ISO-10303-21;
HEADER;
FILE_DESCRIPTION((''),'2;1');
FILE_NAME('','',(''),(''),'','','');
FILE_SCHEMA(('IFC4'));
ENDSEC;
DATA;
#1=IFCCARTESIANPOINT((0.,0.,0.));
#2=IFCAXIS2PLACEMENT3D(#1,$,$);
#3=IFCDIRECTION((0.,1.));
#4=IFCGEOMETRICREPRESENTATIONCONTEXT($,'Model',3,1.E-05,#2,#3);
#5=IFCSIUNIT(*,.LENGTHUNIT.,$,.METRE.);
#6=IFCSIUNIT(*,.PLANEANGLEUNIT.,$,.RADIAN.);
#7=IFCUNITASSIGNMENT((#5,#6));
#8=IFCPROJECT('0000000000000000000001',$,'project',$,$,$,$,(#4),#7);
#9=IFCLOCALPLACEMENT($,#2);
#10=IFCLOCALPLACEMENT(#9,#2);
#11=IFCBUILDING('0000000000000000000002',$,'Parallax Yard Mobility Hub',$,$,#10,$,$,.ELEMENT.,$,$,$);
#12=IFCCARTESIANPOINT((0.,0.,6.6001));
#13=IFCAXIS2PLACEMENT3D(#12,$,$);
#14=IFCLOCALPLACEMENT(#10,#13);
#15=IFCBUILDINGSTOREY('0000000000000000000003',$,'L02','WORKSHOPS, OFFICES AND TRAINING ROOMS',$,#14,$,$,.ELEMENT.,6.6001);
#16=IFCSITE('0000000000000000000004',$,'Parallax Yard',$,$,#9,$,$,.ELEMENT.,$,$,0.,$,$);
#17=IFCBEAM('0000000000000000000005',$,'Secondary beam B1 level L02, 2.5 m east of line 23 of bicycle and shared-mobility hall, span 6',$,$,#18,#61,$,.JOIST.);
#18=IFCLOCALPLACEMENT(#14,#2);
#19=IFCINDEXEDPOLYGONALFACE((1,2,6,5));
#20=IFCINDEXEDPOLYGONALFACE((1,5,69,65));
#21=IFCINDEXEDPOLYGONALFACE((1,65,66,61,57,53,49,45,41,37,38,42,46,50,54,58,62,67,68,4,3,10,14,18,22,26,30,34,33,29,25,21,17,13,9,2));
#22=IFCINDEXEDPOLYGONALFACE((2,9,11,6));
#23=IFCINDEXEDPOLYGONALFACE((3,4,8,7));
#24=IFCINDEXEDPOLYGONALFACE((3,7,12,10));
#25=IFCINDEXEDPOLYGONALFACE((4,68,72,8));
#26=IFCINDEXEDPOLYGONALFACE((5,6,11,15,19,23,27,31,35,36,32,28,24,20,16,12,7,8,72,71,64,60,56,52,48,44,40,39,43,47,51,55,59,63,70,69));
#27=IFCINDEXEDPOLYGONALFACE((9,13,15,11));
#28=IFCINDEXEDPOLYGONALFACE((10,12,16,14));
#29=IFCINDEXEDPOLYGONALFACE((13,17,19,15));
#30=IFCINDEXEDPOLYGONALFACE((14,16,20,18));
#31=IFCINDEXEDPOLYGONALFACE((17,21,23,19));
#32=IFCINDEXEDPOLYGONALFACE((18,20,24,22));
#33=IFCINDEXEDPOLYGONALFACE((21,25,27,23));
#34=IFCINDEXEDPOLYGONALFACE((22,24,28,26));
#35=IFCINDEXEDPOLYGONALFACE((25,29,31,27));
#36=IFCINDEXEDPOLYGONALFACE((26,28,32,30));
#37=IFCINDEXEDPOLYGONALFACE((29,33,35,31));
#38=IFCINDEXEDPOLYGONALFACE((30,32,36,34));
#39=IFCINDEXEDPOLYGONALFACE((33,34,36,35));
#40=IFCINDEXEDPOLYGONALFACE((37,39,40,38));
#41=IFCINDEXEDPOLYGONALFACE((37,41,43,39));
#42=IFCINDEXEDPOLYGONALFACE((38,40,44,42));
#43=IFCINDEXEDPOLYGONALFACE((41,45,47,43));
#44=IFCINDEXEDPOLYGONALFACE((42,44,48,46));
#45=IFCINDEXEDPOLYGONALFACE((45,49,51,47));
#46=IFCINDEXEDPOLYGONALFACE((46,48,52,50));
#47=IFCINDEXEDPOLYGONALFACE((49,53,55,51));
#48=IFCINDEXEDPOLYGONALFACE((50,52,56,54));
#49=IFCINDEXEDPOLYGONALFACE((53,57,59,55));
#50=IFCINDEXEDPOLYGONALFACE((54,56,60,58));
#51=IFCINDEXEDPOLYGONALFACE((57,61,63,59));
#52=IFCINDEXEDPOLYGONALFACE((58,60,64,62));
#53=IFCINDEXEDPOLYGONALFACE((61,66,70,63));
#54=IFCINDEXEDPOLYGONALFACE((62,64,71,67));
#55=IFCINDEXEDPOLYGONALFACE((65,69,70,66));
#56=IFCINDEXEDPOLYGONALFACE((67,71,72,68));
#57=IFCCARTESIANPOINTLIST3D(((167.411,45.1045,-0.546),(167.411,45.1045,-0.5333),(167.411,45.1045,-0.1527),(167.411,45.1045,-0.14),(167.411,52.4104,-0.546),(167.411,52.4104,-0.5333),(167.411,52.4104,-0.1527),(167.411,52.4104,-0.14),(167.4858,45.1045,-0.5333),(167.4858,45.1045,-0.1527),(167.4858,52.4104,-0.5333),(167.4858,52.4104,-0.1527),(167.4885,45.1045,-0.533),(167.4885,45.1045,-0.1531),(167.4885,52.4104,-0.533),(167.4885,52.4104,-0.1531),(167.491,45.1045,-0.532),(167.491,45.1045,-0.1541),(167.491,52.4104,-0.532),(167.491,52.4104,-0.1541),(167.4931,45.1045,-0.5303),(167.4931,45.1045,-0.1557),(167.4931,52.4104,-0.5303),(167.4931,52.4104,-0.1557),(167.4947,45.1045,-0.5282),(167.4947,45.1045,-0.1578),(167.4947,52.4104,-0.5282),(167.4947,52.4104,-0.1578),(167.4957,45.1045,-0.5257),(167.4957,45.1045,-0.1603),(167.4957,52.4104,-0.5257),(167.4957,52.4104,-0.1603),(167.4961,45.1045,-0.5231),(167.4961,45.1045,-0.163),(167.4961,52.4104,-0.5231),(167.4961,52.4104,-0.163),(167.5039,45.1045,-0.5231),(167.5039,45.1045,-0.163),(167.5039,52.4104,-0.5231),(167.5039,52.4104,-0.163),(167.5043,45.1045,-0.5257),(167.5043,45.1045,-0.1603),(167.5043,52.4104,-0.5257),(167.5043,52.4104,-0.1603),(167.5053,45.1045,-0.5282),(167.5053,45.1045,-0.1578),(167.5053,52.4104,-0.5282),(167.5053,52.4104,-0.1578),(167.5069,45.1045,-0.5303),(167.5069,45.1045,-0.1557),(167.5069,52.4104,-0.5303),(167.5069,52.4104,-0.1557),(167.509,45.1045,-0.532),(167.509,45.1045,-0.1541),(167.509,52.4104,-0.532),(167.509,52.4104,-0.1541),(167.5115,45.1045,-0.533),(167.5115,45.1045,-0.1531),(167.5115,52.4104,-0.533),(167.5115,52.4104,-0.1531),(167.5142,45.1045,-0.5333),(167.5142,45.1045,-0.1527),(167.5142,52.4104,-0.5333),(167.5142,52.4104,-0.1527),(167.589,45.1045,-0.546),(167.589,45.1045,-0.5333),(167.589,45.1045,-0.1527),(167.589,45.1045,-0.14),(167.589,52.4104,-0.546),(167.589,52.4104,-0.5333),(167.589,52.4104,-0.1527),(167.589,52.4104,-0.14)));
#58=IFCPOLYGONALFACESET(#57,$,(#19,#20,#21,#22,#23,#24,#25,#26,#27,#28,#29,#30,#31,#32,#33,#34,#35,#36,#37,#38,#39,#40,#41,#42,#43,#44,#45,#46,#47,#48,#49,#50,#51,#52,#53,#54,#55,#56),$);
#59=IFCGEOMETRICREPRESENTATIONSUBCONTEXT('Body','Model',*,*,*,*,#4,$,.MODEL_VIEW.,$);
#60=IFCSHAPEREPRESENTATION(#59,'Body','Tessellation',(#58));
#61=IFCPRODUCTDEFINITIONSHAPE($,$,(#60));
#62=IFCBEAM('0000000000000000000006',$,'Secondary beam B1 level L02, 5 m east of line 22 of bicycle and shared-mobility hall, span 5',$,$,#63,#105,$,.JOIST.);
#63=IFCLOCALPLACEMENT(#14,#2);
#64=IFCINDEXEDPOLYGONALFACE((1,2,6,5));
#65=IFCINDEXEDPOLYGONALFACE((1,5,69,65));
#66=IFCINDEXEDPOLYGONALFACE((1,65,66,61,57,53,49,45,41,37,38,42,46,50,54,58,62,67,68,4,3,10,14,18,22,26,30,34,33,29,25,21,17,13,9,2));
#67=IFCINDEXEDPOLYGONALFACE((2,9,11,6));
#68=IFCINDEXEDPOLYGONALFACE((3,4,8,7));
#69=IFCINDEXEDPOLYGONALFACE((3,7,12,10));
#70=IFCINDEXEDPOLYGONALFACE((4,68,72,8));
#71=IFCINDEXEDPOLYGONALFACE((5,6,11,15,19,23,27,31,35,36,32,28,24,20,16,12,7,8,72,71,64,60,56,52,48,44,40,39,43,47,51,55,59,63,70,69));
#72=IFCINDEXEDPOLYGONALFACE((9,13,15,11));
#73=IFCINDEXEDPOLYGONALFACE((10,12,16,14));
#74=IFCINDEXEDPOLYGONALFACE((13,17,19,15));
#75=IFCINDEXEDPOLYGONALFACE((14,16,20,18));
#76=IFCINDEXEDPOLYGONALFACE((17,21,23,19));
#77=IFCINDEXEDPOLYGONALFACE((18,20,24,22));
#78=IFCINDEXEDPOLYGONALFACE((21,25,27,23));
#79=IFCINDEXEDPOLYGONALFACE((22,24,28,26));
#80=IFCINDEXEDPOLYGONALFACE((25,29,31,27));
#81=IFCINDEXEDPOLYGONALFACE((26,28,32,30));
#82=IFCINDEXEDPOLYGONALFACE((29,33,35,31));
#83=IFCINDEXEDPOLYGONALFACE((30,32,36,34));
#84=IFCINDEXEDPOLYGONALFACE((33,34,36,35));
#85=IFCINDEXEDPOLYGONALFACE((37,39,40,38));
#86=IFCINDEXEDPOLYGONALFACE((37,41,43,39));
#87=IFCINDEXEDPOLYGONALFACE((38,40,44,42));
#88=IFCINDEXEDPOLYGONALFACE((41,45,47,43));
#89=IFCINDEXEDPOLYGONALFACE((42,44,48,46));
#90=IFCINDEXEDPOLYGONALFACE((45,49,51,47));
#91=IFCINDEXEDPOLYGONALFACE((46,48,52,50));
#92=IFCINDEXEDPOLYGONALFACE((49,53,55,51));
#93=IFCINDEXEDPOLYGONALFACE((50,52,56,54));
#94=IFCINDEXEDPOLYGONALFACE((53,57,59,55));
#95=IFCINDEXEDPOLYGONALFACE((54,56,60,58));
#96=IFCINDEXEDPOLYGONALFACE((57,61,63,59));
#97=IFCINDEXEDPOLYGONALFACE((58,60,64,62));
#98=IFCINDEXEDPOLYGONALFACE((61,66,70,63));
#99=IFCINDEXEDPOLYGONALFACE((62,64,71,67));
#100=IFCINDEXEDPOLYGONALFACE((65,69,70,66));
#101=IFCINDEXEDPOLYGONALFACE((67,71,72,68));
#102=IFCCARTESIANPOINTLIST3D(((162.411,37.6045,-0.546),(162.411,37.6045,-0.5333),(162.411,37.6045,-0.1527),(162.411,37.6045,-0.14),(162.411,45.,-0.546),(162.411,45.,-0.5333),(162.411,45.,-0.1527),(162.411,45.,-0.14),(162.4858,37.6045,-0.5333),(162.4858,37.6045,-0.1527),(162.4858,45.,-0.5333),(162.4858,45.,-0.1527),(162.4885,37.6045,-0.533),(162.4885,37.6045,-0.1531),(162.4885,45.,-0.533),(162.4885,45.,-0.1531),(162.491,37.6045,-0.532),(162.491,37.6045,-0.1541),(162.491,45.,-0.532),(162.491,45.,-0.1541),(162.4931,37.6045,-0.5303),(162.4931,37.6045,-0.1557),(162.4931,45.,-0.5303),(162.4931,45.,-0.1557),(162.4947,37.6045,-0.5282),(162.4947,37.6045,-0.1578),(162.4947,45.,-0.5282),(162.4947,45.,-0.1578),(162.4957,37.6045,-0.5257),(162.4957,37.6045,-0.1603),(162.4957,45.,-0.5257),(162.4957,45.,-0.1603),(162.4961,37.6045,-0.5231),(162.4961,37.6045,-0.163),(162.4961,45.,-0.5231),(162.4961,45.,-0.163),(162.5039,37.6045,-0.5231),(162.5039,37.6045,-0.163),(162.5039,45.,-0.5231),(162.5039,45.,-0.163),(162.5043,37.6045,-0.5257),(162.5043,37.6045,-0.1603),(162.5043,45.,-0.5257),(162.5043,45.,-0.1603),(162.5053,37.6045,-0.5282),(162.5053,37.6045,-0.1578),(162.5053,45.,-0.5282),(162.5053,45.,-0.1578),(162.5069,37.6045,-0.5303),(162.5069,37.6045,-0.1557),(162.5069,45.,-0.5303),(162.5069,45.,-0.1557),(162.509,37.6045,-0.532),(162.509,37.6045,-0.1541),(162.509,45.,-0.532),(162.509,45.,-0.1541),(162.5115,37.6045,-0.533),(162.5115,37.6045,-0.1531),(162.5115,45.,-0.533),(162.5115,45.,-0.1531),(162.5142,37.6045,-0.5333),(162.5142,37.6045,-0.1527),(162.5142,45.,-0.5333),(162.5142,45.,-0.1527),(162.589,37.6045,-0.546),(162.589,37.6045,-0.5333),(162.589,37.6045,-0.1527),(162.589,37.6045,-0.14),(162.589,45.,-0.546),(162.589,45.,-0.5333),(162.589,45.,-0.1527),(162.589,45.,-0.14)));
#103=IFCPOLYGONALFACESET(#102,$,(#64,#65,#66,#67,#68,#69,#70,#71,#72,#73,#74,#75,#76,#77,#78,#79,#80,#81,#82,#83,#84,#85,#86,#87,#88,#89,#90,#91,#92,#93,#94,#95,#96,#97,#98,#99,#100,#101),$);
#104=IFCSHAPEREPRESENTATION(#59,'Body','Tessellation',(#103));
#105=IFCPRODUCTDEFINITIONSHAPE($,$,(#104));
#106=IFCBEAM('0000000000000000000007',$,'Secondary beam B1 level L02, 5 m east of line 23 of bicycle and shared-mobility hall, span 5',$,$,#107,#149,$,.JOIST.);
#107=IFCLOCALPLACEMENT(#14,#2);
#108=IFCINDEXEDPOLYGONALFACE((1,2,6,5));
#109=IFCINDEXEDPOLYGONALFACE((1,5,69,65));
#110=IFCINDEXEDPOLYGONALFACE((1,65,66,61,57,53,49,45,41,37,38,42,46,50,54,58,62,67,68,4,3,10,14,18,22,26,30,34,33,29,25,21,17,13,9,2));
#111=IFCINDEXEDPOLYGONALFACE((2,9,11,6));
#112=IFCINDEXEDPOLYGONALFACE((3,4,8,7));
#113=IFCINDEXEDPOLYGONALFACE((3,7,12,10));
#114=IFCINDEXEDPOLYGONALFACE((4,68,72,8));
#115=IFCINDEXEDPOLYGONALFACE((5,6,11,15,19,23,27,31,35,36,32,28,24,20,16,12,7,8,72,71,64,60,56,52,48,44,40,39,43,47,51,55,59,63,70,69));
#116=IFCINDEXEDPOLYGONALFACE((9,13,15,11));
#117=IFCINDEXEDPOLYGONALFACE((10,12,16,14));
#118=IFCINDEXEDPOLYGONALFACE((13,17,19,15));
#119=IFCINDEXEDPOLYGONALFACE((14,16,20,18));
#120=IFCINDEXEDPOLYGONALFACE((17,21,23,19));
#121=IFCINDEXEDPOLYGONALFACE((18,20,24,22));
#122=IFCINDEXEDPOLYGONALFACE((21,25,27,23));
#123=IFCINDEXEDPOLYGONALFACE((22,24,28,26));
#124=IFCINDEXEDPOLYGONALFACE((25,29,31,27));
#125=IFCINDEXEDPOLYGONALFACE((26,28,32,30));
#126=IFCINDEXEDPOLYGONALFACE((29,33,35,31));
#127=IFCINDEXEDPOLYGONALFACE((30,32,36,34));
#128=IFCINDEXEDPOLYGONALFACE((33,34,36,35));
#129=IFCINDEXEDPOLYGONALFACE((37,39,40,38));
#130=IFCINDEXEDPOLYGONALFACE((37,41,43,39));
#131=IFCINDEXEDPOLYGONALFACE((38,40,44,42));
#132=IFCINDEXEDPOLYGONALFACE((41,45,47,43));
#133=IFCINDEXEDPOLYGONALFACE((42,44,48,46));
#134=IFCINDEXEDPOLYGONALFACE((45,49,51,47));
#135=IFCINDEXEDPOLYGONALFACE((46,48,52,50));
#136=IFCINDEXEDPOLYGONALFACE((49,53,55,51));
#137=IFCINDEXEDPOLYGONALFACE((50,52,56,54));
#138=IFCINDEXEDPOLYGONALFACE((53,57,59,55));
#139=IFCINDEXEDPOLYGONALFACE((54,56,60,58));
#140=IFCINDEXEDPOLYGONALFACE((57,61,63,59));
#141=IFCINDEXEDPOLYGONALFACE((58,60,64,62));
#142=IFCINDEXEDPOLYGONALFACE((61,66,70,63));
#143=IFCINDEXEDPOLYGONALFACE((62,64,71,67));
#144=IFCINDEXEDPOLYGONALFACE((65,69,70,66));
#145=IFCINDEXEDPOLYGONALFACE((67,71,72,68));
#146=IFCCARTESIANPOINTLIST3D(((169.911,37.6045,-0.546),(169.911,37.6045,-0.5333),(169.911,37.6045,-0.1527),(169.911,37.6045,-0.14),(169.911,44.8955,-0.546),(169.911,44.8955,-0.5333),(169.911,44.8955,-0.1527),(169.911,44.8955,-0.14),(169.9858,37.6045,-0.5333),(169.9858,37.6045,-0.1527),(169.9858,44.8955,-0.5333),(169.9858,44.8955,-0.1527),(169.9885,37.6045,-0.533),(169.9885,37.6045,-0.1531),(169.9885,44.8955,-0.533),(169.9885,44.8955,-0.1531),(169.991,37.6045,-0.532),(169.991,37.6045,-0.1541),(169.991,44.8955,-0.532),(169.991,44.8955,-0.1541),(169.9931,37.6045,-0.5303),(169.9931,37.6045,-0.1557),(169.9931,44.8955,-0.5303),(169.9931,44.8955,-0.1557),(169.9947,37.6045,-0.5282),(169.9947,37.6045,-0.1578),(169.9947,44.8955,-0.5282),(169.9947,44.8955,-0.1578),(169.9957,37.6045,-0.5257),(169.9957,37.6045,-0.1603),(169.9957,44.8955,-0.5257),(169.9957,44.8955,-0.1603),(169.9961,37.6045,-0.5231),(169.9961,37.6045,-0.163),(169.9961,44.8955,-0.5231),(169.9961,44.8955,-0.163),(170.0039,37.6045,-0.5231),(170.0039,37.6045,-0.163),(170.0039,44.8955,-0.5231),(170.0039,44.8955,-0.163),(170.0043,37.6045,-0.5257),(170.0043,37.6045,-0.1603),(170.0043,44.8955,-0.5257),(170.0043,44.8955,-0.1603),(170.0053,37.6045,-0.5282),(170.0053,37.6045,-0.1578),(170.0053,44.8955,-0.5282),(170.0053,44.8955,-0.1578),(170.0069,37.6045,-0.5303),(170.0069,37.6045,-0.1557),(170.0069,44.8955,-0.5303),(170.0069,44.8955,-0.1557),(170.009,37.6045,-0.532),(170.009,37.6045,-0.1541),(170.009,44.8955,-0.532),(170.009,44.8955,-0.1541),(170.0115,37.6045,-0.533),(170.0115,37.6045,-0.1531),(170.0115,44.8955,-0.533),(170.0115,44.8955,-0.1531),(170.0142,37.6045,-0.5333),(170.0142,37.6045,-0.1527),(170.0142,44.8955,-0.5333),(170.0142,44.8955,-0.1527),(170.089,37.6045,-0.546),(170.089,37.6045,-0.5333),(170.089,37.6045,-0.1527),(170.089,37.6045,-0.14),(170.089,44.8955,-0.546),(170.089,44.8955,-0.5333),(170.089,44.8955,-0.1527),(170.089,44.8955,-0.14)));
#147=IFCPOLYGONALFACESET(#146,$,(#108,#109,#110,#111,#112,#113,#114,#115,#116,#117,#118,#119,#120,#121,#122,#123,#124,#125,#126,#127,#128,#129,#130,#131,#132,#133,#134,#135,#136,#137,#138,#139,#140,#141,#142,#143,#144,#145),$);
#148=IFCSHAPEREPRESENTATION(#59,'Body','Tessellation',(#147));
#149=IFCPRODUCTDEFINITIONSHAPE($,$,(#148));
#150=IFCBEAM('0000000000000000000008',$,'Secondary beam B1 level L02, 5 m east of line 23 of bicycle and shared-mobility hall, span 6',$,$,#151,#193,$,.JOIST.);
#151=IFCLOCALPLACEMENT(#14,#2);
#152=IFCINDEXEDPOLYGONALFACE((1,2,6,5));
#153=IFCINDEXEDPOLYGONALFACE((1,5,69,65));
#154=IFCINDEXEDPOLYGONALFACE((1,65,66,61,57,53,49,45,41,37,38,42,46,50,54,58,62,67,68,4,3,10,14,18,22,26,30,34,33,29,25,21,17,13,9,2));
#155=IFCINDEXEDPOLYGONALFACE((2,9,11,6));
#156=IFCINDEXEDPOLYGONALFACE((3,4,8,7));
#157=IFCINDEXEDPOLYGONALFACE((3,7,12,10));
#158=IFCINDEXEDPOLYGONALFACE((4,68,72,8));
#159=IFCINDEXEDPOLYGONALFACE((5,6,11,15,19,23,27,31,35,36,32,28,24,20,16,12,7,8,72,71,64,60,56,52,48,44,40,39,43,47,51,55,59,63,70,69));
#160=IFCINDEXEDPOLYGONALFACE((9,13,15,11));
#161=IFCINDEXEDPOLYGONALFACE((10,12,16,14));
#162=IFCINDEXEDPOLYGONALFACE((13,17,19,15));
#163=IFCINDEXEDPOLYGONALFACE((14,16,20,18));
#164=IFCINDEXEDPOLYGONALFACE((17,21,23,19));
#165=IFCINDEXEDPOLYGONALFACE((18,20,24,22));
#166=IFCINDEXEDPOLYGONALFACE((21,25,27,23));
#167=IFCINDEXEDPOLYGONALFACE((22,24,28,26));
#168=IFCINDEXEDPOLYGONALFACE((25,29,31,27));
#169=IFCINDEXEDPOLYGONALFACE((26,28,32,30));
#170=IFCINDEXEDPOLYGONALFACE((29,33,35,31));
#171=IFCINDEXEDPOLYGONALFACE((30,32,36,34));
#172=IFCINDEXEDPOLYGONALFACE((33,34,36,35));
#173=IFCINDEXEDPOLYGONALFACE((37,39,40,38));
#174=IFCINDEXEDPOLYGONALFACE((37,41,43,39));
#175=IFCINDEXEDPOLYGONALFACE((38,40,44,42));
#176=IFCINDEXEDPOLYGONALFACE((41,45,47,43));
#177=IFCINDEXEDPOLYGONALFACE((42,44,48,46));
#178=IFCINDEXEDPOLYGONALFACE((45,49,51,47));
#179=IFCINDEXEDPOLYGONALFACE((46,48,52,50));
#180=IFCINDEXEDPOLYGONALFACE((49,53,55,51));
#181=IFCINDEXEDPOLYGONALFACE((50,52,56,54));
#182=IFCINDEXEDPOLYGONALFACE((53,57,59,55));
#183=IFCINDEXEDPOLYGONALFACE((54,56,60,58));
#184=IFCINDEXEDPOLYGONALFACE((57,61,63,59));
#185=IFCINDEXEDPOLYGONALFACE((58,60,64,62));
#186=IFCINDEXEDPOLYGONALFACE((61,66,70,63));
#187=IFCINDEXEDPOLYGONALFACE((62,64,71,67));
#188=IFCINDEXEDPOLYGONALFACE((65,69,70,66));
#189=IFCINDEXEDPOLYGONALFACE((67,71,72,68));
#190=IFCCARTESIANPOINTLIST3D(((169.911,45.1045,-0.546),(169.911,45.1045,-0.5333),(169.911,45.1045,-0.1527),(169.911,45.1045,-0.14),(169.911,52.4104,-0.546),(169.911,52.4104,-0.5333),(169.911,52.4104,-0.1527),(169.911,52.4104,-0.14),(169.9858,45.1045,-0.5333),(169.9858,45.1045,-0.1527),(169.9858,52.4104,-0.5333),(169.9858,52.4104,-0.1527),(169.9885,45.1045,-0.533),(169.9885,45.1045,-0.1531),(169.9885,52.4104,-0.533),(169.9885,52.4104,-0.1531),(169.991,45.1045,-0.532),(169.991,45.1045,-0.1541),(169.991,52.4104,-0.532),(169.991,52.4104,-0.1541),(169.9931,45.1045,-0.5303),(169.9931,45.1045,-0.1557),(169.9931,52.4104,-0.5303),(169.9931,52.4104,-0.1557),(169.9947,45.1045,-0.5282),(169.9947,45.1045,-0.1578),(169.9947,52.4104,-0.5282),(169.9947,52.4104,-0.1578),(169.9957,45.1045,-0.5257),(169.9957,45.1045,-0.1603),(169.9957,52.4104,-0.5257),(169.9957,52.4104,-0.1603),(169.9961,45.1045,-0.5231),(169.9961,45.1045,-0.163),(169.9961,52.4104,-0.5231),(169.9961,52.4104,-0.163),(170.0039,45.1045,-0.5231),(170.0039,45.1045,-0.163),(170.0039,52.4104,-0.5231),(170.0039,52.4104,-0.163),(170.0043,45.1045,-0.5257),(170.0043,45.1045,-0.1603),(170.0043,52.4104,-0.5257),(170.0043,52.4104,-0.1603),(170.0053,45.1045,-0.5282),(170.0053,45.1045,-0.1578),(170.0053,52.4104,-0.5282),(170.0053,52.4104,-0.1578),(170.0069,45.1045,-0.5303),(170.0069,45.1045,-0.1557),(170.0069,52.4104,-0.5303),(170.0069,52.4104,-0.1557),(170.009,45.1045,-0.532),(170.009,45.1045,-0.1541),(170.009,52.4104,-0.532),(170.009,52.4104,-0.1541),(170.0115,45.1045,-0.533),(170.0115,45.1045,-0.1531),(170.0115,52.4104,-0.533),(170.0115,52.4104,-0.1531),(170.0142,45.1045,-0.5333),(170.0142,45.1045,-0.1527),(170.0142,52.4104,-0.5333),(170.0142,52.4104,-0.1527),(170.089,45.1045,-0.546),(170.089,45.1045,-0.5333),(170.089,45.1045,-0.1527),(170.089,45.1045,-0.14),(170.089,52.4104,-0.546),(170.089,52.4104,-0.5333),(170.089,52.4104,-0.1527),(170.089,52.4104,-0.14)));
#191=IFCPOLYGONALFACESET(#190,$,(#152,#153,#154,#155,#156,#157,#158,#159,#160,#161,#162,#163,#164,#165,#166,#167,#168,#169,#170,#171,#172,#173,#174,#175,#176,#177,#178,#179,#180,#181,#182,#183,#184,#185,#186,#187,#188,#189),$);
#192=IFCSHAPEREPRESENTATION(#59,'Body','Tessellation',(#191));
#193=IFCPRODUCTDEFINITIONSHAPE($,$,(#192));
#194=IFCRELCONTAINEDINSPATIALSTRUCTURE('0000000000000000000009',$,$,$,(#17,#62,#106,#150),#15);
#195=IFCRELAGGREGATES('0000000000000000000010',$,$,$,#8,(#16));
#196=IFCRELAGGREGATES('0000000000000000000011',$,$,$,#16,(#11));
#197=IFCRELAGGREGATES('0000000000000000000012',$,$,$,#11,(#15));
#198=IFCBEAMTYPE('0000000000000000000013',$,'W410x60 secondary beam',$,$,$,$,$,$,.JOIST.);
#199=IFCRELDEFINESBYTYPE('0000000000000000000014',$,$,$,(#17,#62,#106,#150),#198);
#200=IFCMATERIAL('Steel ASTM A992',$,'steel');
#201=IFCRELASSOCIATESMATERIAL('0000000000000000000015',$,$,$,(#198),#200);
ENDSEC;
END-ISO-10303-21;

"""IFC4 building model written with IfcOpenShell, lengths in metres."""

from ifc_helpers import new_model, si_unit, direction, frame, origin, origin_2d, place, context, subcontext, project, spatial, i_section, extrude, material, material_profile, profile_set, type_object, element, save


model = new_model("IFC4")

# Units and contexts
model_context = context("Model", 3, precision=1e-05, world=origin(), true_north=direction((0.0, 1.0)))
body_context = subcontext(model_context, "Body", "Model", "MODEL_VIEW")
ifc_project = project(units=[si_unit("LENGTHUNIT", "METRE"), si_unit("PLANEANGLEUNIT", "RADIAN")], contexts=[model_context])

# Site, building, storey
site_placement = place(None, origin())
site = spatial("IfcSite", under=ifc_project, at=site_placement, Name="Parallax Yard", CompositionType="ELEMENT", RefElevation=0.0)
building_placement = place(site_placement, origin())
building = spatial("IfcBuilding", under=site, at=building_placement, Name="Parallax Yard Mobility Hub", CompositionType="ELEMENT")
storey_placement = place(building_placement, frame((0.0, 0.0, 6.6001)))
storey = spatial("IfcBuildingStorey", under=building, at=storey_placement, Name="L02", Description="WORKSHOPS, OFFICES AND TRAINING ROOMS", CompositionType="ELEMENT", Elevation=6.6001)

# Shared definitions
ifc_material_1 = material(Name="Steel ASTM A992", Category="steel")

# Beams
ifc_material_profile_1 = material_profile(ifc_material_1, i_section(OverallWidth=0.178, OverallDepth=0.406, WebThickness=0.0078, FlangeThickness=0.0127, FilletRadius=0.0103, at=origin_2d()), Name="W410x60")
ifc_profile_set_1 = profile_set([ifc_material_profile_1], Name="Steel ASTM A992")
beam_type_1 = type_object("IfcBeamType", Name="W410x60 secondary beam", PredefinedType="JOIST", material=ifc_profile_set_1)
beam_1_placement = place(storey_placement, frame((167.5, 45.1045, -0.343), z_axis=(0.0, 1.0, 0.0), x_axis=(-1.0, 0.0, 0.0)))
element("IfcBeam", 1, at=beam_1_placement, inside=storey, type_object=beam_type_1, Name="Secondary beam B1 level L02, 2.5 m east of line 23 of bicycle and shared-mobility hall, span 6", PredefinedType="JOIST", context=body_context, shape_type="SweptSolid", body=[
    extrude(i_section(OverallWidth=0.178, OverallDepth=0.406, WebThickness=0.0078, FlangeThickness=0.0127, FilletRadius=0.0103, at=origin_2d()), origin(), (0.0, 0.0, 1.0), 7.3059),
])
beam_2_placement = place(storey_placement, frame((162.5, 37.6045, -0.343), z_axis=(0.0, 1.0, 0.0), x_axis=(-1.0, 0.0, 0.0)))
element("IfcBeam", 2, at=beam_2_placement, inside=storey, type_object=beam_type_1, Name="Secondary beam B1 level L02, 5 m east of line 22 of bicycle and shared-mobility hall, span 5", PredefinedType="JOIST", context=body_context, shape_type="SweptSolid", body=[
    extrude(i_section(OverallWidth=0.178, OverallDepth=0.406, WebThickness=0.0078, FlangeThickness=0.0127, FilletRadius=0.0103, at=origin_2d()), origin(), (0.0, 0.0, 1.0), 7.3955),
])
beam_3_placement = place(storey_placement, frame((170.0, 37.6045, -0.343), z_axis=(0.0, 1.0, 0.0), x_axis=(-1.0, 0.0, 0.0)))
element("IfcBeam", 3, at=beam_3_placement, inside=storey, type_object=beam_type_1, Name="Secondary beam B1 level L02, 5 m east of line 23 of bicycle and shared-mobility hall, span 5", PredefinedType="JOIST", context=body_context, shape_type="SweptSolid", body=[
    extrude(i_section(OverallWidth=0.178, OverallDepth=0.406, WebThickness=0.0078, FlangeThickness=0.0127, FilletRadius=0.0103, at=origin_2d()), origin(), (0.0, 0.0, 1.0), 7.291),
])
beam_4_placement = place(storey_placement, frame((170.0, 45.1045, -0.343), z_axis=(0.0, 1.0, 0.0), x_axis=(-1.0, 0.0, 0.0)))
element("IfcBeam", 4, at=beam_4_placement, inside=storey, type_object=beam_type_1, Name="Secondary beam B1 level L02, 5 m east of line 23 of bicycle and shared-mobility hall, span 6", PredefinedType="JOIST", context=body_context, shape_type="SweptSolid", body=[
    extrude(i_section(OverallWidth=0.178, OverallDepth=0.406, WebThickness=0.0078, FlangeThickness=0.0127, FilletRadius=0.0103, at=origin_2d()), origin(), (0.0, 0.0, 1.0), 7.3059),
])

save(model, "model.ifc")
